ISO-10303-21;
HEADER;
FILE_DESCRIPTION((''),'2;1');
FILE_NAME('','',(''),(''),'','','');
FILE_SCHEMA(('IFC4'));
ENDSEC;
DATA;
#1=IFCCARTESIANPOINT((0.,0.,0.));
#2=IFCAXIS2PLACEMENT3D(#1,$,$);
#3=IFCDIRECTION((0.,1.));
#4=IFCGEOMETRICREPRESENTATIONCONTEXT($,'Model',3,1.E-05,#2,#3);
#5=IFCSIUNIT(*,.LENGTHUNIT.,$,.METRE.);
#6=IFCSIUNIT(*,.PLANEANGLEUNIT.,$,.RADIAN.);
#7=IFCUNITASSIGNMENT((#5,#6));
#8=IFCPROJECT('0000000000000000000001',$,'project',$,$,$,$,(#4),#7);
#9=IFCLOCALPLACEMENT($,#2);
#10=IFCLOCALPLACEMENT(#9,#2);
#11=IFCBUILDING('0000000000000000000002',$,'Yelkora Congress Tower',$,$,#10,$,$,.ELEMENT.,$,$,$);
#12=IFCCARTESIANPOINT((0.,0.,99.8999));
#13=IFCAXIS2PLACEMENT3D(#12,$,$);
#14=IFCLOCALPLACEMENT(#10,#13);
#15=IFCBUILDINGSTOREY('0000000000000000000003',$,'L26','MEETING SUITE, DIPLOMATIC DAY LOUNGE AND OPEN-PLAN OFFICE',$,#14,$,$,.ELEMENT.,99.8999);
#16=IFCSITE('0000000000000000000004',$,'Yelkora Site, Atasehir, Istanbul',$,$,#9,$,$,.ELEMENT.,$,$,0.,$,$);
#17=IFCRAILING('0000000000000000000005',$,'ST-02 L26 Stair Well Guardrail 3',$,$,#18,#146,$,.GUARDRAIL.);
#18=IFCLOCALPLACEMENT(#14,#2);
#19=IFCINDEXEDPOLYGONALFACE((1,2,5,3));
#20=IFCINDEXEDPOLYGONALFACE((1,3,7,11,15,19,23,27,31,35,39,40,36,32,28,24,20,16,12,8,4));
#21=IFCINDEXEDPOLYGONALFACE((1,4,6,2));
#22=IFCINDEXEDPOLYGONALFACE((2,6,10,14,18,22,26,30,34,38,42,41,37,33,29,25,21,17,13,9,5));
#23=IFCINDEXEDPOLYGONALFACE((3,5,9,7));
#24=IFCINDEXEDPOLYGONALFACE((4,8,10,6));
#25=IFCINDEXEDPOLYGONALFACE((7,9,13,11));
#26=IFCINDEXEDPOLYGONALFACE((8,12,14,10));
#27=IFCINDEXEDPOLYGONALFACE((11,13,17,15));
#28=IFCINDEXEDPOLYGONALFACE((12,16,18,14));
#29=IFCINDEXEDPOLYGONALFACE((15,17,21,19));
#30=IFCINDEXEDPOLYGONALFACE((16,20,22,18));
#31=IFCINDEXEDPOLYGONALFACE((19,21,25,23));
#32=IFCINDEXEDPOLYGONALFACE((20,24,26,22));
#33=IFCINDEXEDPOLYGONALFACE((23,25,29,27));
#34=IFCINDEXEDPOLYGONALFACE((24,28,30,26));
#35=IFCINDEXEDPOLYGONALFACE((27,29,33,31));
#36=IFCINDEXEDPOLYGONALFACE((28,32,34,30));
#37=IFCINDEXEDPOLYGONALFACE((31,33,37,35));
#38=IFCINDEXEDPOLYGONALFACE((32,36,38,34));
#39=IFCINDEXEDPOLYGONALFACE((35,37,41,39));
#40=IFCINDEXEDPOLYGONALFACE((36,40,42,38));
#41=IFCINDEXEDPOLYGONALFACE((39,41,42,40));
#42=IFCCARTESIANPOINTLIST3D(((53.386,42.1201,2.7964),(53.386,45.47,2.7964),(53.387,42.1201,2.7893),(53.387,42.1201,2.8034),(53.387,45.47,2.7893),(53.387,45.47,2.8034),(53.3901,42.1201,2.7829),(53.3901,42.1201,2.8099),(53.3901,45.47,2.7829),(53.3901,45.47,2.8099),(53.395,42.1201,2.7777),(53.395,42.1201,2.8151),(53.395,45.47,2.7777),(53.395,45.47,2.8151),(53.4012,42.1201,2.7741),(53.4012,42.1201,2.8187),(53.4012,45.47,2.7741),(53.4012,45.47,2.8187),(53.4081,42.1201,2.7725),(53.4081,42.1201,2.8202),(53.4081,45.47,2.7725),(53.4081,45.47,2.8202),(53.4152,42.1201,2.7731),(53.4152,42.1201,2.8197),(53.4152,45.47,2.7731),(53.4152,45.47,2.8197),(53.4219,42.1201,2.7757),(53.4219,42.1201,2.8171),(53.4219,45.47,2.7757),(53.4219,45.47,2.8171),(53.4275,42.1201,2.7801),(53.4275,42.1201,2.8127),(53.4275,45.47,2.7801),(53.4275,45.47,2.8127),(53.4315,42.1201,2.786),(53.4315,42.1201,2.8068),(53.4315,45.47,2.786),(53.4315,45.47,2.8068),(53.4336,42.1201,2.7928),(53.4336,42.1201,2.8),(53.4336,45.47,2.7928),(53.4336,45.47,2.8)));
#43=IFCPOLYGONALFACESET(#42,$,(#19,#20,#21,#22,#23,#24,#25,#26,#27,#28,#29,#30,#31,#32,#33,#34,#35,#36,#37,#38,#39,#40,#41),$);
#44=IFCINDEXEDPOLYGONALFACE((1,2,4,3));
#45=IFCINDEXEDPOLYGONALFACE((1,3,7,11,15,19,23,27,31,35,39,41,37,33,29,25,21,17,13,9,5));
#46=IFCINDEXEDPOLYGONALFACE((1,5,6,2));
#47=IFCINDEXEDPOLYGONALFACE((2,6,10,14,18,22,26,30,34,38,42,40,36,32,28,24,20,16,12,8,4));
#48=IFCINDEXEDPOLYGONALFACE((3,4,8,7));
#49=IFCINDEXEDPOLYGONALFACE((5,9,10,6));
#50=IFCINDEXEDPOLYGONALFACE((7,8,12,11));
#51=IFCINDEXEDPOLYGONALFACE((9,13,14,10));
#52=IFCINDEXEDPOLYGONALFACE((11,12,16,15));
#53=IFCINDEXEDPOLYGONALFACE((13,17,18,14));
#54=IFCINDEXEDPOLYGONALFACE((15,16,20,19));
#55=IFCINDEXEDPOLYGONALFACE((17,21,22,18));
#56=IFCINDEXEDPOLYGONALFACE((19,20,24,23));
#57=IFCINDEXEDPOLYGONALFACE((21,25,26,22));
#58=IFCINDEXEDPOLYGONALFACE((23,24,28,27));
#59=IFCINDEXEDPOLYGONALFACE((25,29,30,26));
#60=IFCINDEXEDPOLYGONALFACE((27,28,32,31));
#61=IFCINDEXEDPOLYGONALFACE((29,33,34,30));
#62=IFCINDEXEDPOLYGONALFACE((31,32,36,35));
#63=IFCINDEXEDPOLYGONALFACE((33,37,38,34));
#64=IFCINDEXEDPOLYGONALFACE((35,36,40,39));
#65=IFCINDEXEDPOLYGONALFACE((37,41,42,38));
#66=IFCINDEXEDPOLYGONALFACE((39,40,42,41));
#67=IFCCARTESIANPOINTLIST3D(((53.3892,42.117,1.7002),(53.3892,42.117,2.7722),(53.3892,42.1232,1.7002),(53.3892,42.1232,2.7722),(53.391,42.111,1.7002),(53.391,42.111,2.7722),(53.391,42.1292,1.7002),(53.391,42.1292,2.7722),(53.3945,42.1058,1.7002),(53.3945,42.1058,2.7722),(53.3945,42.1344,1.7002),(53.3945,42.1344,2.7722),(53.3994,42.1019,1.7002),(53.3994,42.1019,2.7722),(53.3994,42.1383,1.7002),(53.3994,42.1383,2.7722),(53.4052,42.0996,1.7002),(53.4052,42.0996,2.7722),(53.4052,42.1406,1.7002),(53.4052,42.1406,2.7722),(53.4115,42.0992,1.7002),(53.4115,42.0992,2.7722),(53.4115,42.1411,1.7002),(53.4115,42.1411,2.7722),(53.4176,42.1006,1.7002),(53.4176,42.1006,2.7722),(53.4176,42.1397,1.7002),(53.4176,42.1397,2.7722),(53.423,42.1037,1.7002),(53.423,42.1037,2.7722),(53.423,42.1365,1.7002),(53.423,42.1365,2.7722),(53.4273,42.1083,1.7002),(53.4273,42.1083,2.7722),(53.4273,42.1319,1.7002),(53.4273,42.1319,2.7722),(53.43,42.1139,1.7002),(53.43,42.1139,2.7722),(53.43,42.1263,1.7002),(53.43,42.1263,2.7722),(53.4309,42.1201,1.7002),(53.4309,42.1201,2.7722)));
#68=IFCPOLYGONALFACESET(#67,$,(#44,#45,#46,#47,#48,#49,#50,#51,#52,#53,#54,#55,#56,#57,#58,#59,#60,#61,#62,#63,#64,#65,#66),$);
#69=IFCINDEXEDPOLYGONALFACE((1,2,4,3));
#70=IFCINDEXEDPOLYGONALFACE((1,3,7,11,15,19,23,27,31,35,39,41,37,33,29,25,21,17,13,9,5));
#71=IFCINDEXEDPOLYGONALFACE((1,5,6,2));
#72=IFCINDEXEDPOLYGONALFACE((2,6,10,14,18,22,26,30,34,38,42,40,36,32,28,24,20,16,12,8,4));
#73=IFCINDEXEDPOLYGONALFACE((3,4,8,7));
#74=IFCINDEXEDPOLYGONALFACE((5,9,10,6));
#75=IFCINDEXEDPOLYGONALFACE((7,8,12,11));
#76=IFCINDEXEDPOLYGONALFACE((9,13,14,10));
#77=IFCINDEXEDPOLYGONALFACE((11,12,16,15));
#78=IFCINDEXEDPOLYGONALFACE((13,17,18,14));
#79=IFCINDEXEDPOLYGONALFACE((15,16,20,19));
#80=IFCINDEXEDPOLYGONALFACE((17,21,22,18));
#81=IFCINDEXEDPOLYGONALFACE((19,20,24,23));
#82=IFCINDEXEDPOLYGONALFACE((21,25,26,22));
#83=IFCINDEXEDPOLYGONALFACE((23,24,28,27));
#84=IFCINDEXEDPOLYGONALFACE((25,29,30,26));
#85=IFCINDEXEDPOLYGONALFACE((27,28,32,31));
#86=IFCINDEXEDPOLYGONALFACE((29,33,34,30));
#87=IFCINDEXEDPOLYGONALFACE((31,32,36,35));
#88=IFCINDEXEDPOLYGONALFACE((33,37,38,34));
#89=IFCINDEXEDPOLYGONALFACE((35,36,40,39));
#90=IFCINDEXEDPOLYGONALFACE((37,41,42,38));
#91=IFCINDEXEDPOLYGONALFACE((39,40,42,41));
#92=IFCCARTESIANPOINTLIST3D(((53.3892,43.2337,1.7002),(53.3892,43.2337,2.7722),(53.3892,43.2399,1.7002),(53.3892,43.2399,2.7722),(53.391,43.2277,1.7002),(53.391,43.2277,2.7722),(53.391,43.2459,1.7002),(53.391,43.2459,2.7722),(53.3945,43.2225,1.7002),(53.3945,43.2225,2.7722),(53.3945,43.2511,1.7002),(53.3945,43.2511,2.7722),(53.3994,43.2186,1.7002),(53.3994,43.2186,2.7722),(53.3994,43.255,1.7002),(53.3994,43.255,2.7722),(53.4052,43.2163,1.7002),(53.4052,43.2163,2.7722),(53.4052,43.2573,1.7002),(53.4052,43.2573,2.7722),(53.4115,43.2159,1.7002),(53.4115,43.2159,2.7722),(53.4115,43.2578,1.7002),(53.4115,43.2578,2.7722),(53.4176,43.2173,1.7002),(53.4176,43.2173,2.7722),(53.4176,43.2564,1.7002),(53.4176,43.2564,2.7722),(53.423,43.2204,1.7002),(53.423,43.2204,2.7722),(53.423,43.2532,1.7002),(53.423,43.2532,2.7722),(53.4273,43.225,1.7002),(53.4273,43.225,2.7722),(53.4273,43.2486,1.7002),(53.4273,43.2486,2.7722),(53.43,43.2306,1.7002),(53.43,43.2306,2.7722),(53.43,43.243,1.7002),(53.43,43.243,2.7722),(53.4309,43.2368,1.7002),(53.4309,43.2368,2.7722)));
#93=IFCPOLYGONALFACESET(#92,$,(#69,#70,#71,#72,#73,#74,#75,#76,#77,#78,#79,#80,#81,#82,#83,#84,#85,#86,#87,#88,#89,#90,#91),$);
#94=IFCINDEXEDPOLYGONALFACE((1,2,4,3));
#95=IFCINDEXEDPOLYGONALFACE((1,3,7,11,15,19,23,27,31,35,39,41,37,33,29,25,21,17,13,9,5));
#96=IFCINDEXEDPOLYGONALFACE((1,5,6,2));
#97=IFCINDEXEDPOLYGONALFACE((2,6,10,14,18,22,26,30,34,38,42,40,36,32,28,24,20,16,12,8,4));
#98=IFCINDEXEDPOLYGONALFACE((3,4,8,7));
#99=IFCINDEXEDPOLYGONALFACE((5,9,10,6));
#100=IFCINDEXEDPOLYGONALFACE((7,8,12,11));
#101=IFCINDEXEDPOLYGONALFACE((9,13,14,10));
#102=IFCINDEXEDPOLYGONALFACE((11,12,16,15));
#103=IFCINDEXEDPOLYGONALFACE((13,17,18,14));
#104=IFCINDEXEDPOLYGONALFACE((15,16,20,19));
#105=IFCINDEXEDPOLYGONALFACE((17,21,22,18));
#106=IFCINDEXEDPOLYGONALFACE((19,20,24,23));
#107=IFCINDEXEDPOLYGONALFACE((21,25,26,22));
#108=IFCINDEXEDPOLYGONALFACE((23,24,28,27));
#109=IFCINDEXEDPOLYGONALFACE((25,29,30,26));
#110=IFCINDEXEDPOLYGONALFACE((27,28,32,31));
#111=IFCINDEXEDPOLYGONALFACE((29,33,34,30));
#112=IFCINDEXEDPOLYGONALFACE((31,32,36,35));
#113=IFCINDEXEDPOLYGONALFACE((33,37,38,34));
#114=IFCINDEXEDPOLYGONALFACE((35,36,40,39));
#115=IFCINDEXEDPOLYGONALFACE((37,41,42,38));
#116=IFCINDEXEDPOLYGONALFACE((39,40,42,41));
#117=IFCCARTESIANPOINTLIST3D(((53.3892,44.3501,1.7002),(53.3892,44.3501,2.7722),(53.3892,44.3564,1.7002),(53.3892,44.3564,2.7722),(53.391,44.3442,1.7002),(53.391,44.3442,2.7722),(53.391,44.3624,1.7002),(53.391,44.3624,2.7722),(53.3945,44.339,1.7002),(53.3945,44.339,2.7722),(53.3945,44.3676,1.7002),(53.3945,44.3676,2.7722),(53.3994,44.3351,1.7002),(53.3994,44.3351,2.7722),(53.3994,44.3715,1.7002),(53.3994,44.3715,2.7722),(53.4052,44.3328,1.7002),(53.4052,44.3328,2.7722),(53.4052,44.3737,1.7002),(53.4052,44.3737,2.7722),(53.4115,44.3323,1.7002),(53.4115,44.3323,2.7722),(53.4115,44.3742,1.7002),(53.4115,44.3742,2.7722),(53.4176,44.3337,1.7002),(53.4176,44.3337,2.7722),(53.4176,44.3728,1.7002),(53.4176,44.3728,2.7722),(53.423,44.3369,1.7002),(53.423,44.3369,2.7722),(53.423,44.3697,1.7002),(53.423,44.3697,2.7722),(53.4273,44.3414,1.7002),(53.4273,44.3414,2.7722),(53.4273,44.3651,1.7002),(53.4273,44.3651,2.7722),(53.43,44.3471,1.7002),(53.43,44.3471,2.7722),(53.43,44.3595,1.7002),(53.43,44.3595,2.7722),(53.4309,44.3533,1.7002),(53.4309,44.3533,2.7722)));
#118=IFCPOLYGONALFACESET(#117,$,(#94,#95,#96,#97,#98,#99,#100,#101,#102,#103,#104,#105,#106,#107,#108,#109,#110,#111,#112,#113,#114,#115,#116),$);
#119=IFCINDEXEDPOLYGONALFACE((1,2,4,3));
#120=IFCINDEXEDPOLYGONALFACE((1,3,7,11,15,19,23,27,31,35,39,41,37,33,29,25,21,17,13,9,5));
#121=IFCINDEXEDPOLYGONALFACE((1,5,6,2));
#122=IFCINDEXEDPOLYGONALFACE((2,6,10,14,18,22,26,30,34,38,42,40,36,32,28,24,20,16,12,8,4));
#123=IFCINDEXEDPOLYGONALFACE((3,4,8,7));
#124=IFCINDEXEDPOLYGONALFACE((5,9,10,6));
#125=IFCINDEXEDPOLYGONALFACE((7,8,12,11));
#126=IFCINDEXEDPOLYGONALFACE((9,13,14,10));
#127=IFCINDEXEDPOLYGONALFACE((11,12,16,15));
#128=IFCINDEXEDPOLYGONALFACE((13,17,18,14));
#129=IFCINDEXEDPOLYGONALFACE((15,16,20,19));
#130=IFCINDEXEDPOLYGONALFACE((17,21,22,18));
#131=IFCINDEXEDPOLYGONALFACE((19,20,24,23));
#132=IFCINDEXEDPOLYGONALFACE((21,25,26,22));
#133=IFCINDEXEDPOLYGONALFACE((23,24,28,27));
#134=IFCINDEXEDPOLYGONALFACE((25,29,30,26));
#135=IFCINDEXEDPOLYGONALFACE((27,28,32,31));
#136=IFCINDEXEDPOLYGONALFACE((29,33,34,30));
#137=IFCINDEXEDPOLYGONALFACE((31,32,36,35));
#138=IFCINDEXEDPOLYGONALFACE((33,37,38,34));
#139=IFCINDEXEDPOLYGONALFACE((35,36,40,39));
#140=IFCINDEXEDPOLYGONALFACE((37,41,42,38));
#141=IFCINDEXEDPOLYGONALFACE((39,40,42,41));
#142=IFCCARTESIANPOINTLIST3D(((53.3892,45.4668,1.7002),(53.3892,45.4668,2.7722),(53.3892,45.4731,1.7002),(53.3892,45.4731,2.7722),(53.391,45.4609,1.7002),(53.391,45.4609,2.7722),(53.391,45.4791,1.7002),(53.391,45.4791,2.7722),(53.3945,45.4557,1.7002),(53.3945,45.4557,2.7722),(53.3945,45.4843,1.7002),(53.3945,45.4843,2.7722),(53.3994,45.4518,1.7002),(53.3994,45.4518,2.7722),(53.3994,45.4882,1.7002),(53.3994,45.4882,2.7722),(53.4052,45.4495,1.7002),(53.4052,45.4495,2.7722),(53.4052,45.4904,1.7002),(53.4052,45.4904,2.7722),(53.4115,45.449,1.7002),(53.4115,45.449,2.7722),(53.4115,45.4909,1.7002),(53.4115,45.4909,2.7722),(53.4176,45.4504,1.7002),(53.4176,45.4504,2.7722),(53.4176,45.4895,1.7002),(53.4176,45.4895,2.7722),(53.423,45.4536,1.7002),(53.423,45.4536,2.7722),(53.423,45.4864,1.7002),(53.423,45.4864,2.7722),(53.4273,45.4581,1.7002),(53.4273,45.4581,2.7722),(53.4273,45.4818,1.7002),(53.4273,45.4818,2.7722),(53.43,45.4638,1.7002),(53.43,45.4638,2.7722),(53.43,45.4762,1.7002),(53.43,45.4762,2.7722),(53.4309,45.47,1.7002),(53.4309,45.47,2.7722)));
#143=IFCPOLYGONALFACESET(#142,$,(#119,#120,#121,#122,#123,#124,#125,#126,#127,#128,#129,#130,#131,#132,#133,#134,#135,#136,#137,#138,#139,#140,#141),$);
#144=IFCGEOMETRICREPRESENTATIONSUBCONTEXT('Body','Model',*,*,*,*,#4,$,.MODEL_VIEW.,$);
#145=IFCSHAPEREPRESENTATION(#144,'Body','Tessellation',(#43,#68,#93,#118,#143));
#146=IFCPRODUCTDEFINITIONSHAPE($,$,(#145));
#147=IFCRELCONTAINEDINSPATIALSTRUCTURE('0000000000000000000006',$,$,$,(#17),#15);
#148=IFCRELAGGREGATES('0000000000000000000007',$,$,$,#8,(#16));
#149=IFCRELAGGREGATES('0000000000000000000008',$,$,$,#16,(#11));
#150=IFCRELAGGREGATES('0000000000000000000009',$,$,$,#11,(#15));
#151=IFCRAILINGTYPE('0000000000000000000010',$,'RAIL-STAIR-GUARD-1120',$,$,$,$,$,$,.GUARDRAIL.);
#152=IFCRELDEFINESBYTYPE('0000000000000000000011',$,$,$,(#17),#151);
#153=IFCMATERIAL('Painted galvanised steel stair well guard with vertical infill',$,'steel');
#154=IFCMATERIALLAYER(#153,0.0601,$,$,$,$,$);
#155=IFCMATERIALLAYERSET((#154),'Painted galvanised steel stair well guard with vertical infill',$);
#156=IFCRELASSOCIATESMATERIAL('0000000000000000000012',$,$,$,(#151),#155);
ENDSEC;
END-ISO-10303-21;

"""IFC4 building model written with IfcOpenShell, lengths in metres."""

from ifc_helpers import new_model, si_unit, direction, frame, origin, origin_2d, place, context, subcontext, project, spatial, circle, extrude, material, layer, layer_set, type_object, element, save


model = new_model("IFC4")

# Units and contexts
model_context = context("Model", 3, precision=1e-05, world=origin(), true_north=direction((0.0, 1.0)))
body_context = subcontext(model_context, "Body", "Model", "MODEL_VIEW")
ifc_project = project(units=[si_unit("LENGTHUNIT", "METRE"), si_unit("PLANEANGLEUNIT", "RADIAN")], contexts=[model_context])

# Site, building, storey
site_placement = place(None, origin())
site = spatial("IfcSite", under=ifc_project, at=site_placement, Name="Yelkora Site, Atasehir, Istanbul", CompositionType="ELEMENT", RefElevation=0.0)
building_placement = place(site_placement, origin())
building = spatial("IfcBuilding", under=site, at=building_placement, Name="Yelkora Congress Tower", CompositionType="ELEMENT")
storey_placement = place(building_placement, frame((0.0, 0.0, 99.8999)))
storey = spatial("IfcBuildingStorey", under=building, at=storey_placement, Name="L26", Description="MEETING SUITE, DIPLOMATIC DAY LOUNGE AND OPEN-PLAN OFFICE", CompositionType="ELEMENT", Elevation=99.8999)

# Railing
ifc_material_1 = material(Name="Painted galvanised steel stair well guard with vertical infill", Category="steel")
ifc_layer_1 = layer(ifc_material_1, 0.0601)
ifc_layer_set_1 = layer_set([ifc_layer_1], Name="Painted galvanised steel stair well guard with vertical infill")
railing_type_1 = type_object("IfcRailingType", Name="RAIL-STAIR-GUARD-1120", PredefinedType="GUARDRAIL", material=ifc_layer_set_1)
for number, where, name in (
    (1, (53.4099, 42.1201, 1.7002), "ST-02 L26 Stair Well Guardrail 3"),
):
    element("IfcRailing", number, at=place(storey_placement, frame(where)), inside=storey, type_object=railing_type_1, Name=name, PredefinedType="GUARDRAIL", context=body_context, shape_type="SweptSolid", body=[
        extrude(circle(Radius=0.0239, at=origin_2d()), frame((0.0, 0.0, 1.0962), z_axis=(0.0, 1.0, 0.0), x_axis=(-1.0, 0.0, 0.0)), (0.0, 0.0, 1.0), 3.3499),
        extrude(circle(Radius=0.021, at=origin_2d()), origin(), (0.0, 0.0, 1.0), 1.072),
        extrude(circle(Radius=0.021, at=origin_2d()), frame((0.0, 1.1167, 0.0)), (0.0, 0.0, 1.0), 1.072),
        extrude(circle(Radius=0.021, at=origin_2d()), frame((0.0, 2.2332, 0.0)), (0.0, 0.0, 1.0), 1.072),
        extrude(circle(Radius=0.021, at=origin_2d()), frame((0.0, 3.3499, 0.0)), (0.0, 0.0, 1.0), 1.072),
    ])

save(model, "model.ifc")
